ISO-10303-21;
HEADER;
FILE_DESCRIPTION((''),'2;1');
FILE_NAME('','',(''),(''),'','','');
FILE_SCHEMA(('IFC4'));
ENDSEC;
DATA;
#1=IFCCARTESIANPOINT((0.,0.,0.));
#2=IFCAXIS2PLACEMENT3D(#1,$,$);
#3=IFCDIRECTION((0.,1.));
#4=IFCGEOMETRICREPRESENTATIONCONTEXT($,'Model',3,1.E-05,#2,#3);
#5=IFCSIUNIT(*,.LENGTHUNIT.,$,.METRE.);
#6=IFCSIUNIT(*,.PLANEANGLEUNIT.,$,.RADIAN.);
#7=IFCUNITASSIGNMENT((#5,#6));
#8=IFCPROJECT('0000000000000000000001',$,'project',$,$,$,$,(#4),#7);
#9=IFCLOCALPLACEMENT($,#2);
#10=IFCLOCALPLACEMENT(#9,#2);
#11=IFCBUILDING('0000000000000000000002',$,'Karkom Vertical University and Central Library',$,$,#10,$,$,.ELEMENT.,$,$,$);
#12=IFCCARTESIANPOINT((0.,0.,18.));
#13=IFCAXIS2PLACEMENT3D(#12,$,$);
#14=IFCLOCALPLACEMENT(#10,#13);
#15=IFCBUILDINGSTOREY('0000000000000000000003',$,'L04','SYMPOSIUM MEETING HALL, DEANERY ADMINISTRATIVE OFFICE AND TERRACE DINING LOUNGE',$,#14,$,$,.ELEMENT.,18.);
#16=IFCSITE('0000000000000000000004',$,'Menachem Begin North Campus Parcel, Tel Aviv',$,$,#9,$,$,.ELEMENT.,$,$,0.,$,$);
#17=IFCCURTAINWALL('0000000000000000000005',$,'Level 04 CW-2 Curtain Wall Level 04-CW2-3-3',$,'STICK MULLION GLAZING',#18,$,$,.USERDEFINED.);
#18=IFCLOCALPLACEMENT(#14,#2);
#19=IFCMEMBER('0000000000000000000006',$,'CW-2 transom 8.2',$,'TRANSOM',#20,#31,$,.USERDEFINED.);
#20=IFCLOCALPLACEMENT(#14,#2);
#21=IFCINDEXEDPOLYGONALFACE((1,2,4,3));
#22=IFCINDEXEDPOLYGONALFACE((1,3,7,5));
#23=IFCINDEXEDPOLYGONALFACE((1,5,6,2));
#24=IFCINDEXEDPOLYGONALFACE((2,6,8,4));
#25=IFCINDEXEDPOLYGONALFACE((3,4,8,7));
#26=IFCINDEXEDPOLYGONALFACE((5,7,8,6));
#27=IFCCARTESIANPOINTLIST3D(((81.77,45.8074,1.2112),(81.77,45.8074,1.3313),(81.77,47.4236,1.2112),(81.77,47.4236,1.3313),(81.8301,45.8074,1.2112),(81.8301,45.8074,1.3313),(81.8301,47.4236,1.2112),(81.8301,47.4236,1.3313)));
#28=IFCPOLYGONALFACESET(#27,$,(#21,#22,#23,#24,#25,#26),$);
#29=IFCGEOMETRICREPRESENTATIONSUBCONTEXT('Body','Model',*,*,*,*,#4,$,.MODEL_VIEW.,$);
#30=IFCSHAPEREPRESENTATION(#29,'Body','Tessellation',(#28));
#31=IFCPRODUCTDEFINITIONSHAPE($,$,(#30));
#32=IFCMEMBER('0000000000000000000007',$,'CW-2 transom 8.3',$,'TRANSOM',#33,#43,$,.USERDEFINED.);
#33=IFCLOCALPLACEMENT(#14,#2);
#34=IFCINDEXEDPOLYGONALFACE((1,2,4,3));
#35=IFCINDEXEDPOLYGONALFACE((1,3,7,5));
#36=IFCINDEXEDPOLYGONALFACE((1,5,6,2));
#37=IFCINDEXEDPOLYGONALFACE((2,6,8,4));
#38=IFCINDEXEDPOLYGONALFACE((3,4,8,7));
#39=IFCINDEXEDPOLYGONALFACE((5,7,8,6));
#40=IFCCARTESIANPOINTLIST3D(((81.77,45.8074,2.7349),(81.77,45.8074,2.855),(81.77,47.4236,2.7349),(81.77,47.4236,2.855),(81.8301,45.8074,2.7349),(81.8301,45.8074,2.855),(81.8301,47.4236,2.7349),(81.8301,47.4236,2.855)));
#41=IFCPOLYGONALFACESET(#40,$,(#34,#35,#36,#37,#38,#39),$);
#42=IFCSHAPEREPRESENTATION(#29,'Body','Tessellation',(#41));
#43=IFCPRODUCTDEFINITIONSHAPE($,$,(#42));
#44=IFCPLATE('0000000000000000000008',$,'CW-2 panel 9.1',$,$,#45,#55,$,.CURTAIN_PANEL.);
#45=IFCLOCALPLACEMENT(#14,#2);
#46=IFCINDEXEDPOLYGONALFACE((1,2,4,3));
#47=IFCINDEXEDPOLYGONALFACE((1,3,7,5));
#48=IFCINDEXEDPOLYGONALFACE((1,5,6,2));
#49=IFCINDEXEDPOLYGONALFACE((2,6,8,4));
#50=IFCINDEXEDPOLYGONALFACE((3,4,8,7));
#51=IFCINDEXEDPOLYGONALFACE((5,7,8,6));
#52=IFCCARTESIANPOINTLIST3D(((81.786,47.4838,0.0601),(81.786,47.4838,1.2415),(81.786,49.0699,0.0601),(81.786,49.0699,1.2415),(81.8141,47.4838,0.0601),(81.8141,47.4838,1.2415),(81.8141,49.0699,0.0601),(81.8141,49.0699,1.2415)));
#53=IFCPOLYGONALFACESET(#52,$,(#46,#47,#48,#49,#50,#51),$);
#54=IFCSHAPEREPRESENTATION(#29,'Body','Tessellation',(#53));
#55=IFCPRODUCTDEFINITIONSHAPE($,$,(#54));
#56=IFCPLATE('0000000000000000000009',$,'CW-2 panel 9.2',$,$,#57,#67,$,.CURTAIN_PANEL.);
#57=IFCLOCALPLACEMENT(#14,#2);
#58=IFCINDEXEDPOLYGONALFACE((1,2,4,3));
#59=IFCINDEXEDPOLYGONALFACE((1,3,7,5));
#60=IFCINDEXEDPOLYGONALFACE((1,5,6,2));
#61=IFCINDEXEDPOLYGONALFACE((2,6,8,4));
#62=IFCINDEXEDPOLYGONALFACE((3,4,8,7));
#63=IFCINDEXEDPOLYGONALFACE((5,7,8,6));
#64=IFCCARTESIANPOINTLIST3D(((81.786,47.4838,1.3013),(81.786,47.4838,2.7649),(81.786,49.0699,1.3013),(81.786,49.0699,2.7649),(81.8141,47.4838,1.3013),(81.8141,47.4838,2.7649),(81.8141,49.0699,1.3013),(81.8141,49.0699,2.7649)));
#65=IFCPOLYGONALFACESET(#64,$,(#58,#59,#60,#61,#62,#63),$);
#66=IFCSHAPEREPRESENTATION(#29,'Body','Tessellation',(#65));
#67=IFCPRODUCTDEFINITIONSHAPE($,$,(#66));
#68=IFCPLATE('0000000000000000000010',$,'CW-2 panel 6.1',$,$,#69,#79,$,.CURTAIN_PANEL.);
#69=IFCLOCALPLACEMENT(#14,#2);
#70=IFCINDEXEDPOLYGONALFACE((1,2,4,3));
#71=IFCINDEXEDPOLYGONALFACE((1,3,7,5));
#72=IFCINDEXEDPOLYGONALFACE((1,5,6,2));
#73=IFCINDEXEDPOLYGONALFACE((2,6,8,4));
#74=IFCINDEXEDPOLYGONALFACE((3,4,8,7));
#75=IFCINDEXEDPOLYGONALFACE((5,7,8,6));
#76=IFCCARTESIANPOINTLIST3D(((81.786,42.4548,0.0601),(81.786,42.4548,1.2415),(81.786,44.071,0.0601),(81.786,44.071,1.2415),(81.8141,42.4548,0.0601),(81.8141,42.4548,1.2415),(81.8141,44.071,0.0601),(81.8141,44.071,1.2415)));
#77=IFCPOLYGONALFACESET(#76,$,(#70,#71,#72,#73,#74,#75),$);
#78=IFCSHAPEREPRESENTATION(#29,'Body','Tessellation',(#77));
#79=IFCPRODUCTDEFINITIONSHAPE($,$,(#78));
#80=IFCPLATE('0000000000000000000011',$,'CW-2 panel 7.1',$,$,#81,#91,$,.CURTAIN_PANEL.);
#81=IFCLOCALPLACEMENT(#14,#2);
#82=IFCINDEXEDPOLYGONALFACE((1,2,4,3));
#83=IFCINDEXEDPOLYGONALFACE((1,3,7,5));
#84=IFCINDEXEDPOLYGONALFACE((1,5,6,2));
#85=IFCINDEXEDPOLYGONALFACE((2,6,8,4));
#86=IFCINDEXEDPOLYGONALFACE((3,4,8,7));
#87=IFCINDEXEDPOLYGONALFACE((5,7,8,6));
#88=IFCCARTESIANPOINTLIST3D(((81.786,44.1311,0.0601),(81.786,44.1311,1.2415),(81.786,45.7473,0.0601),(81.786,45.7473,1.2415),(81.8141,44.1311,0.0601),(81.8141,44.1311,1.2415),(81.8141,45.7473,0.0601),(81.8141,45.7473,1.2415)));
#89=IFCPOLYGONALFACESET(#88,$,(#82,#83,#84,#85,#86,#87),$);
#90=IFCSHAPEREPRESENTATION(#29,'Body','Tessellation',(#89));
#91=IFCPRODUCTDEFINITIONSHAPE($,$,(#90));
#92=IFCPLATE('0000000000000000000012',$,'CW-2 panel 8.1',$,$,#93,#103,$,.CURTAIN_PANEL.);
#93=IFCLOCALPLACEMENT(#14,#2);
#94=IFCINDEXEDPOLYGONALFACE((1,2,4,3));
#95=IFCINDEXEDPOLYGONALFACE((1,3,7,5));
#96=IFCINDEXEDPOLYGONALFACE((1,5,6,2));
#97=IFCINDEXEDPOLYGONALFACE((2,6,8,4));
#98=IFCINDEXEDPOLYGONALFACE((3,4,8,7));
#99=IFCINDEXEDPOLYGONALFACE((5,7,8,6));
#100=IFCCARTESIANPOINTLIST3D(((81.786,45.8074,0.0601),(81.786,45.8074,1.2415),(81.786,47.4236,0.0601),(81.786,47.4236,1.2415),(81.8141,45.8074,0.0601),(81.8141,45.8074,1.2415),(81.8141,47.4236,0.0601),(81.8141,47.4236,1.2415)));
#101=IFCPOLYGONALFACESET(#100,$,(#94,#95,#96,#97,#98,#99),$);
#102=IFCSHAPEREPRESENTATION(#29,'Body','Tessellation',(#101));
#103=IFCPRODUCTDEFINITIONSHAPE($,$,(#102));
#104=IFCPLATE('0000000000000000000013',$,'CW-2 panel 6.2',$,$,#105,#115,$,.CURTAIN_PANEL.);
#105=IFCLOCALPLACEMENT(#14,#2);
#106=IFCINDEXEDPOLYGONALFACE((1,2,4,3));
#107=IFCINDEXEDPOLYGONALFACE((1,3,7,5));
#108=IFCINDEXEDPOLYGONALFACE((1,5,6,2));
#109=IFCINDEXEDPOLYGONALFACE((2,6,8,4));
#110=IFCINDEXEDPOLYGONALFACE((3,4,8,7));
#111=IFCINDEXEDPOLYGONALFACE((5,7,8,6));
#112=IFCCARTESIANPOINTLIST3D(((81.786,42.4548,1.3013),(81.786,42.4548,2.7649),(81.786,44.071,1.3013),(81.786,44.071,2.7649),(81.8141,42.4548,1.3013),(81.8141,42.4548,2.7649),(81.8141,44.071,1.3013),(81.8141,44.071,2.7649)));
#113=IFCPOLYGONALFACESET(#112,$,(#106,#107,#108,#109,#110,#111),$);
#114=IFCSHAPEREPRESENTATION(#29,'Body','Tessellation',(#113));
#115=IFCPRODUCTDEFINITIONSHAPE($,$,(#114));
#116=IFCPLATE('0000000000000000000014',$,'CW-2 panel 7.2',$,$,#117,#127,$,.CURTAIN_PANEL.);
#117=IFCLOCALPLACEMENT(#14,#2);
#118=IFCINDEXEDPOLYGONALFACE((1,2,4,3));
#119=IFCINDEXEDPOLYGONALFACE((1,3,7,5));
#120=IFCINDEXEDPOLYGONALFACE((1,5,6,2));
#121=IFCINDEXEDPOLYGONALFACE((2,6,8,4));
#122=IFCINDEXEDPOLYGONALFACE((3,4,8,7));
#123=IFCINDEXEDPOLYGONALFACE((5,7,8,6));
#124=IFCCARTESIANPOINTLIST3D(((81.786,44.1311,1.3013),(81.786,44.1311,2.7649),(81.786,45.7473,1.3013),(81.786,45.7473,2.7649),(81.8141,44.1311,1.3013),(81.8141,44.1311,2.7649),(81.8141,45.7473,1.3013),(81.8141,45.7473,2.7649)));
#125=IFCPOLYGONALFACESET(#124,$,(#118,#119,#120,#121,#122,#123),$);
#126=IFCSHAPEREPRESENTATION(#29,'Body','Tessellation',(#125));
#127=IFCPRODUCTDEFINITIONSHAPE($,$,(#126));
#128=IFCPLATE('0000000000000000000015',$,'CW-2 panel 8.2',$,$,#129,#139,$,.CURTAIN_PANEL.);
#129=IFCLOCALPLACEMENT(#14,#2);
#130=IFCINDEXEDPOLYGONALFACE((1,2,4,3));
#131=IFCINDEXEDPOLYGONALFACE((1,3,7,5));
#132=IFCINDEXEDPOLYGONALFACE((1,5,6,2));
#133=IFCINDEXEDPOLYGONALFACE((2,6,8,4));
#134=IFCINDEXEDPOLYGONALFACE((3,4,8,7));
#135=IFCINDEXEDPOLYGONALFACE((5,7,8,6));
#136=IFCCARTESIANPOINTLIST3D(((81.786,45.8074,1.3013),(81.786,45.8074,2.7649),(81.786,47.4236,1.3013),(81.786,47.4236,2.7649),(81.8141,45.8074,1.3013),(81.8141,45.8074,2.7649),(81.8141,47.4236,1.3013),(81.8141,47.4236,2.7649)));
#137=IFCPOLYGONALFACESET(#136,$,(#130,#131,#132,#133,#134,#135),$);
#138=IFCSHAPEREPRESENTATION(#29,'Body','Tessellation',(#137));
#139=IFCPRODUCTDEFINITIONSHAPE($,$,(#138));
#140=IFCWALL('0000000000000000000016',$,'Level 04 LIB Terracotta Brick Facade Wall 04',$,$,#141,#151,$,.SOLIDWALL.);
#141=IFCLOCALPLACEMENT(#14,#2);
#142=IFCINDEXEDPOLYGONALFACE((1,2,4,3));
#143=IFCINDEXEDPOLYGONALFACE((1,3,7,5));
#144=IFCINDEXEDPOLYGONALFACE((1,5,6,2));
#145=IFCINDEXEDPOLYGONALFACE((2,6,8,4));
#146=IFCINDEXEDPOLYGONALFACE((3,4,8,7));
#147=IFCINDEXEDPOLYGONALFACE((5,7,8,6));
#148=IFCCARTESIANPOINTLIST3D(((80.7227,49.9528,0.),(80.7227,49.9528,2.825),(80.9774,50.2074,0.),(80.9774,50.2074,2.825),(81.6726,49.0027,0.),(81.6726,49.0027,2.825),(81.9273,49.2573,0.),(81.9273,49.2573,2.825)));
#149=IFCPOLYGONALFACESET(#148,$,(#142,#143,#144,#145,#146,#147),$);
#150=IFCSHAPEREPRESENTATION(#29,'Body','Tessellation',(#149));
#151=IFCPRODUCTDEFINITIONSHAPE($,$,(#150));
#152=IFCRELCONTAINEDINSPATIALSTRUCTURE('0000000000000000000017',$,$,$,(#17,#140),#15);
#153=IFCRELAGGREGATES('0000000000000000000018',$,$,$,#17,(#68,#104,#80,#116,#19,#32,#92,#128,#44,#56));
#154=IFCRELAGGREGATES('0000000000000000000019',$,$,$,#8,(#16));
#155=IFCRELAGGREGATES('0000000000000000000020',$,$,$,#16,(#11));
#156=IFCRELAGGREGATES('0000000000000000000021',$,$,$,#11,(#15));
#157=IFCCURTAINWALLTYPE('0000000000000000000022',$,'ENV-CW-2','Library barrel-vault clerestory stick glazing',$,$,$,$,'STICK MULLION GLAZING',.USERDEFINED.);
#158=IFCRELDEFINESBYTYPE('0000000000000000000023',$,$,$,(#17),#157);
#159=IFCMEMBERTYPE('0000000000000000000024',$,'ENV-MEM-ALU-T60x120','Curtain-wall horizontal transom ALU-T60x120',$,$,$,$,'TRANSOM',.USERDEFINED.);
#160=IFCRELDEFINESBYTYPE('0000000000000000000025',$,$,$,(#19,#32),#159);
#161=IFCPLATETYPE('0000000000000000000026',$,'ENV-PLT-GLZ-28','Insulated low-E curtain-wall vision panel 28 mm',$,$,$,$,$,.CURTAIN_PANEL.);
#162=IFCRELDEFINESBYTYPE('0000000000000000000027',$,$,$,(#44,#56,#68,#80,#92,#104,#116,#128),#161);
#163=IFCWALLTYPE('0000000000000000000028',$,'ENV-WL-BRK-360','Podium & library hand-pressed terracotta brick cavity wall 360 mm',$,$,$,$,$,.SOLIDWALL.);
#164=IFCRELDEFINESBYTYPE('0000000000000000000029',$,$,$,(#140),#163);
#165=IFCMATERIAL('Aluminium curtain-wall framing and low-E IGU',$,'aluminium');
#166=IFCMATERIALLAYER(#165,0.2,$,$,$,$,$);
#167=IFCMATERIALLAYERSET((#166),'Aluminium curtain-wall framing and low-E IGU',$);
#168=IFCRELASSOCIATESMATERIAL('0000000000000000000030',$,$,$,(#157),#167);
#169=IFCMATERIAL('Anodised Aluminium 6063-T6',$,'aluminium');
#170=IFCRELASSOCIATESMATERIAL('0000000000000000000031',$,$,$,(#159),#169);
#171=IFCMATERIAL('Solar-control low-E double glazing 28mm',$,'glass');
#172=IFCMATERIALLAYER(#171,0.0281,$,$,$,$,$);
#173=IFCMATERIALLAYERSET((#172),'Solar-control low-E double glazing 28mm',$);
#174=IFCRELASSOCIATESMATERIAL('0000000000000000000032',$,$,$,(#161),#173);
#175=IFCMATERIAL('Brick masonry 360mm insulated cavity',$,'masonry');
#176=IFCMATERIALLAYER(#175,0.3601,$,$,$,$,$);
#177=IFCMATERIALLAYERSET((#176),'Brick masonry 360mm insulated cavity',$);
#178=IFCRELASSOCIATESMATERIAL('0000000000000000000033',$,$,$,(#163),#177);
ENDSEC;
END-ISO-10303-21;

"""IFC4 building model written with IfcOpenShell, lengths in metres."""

from ifc_helpers import new_model, si_unit, direction, frame, frame_2d, origin, origin_with_axes, origin_2d, place, context, subcontext, project, spatial, rectangle, extrude, source, transform, mapped, material, layer, layer_set, material_profile, profile_set, type_object, element, aggregate, save


model = new_model("IFC4")

# Units and contexts
model_context = context("Model", 3, precision=1e-05, world=origin(), true_north=direction((0.0, 1.0)))
body_context = subcontext(model_context, "Body", "Model", "MODEL_VIEW")
ifc_project = project(units=[si_unit("LENGTHUNIT", "METRE"), si_unit("PLANEANGLEUNIT", "RADIAN")], contexts=[model_context])

# Site, building, storey
site_placement = place(None, origin())
site = spatial("IfcSite", under=ifc_project, at=site_placement, Name="Menachem Begin North Campus Parcel, Tel Aviv", CompositionType="ELEMENT", RefElevation=0.0)
building_placement = place(site_placement, origin())
building = spatial("IfcBuilding", under=site, at=building_placement, Name="Karkom Vertical University and Central Library", CompositionType="ELEMENT")
storey_placement = place(building_placement, frame((0.0, 0.0, 18.0)))
storey = spatial("IfcBuildingStorey", under=building, at=storey_placement, Name="L04", Description="SYMPOSIUM MEETING HALL, DEANERY ADMINISTRATIVE OFFICE AND TERRACE DINING LOUNGE", CompositionType="ELEMENT", Elevation=18.0)

# Curtain wall, members, plates
ifc_material_1 = material(Name="Aluminium curtain-wall framing and low-E IGU", Category="aluminium")
ifc_layer_1 = layer(ifc_material_1, 0.2)
ifc_layer_set_1 = layer_set([ifc_layer_1], Name="Aluminium curtain-wall framing and low-E IGU")
curtain_wall_type = type_object("IfcCurtainWallType", Name="ENV-CW-2", Description="Library barrel-vault clerestory stick glazing", ElementType="STICK MULLION GLAZING", PredefinedType="USERDEFINED", material=ifc_layer_set_1)
curtain_wall_placement = place(storey_placement, origin())
curtain_wall = element("IfcCurtainWall", 1, at=curtain_wall_placement, inside=storey, type_object=curtain_wall_type, Name="Level 04 CW-2 Curtain Wall Level 04-CW2-3-3", ObjectType="STICK MULLION GLAZING", PredefinedType="USERDEFINED")
ifc_material_2 = material(Name="Anodised Aluminium 6063-T6", Category="aluminium")
ifc_material_profile_1 = material_profile(ifc_material_2, rectangle(XDim=0.0601, YDim=0.1201, at=origin_2d()), Name="ALU-T60x120")
ifc_profile_set_1 = profile_set([ifc_material_profile_1], Name="Anodised Aluminium 6063-T6")
member_type_1 = type_object("IfcMemberType", Name="ENV-MEM-ALU-T60x120", Description="Curtain-wall horizontal transom ALU-T60x120", ElementType="TRANSOM", PredefinedType="USERDEFINED", material=ifc_profile_set_1)
shared_shape_1 = source(origin_with_axes(), body_context, "Body", "SweptSolid", [
    extrude(rectangle(XDim=0.0601, YDim=0.1201, at=origin_2d()), origin(), (0.0, 0.0, 1.0), 1.6162),
])
member_1_placement = place(storey_placement, frame((81.8, 45.8074, 1.2712), z_axis=(0.0, 1.0, 0.0), x_axis=(-1.0, 0.0, 0.0)))
member_1 = element("IfcMember", 2, at=member_1_placement, type_object=member_type_1, Name="CW-2 transom 8.2", ObjectType="TRANSOM", PredefinedType="USERDEFINED", context=body_context, shape_type="MappedRepresentation", body=[
    mapped(shared_shape_1, transform((0.0, 0.0, 0.0), scale=1.0)),
])
member_2_placement = place(storey_placement, frame((81.8, 45.8074, 2.7949), z_axis=(0.0, 1.0, 0.0), x_axis=(-1.0, 0.0, 0.0)))
member_2 = element("IfcMember", 3, at=member_2_placement, type_object=member_type_1, Name="CW-2 transom 8.3", ObjectType="TRANSOM", PredefinedType="USERDEFINED", context=body_context, shape_type="MappedRepresentation", body=[
    mapped(shared_shape_1, transform((0.0, 0.0, 0.0), scale=1.0)),
])
ifc_material_3 = material(Name="Solar-control low-E double glazing 28mm", Category="glass")
ifc_layer_2 = layer(ifc_material_3, 0.0281)
ifc_layer_set_2 = layer_set([ifc_layer_2], Name="Solar-control low-E double glazing 28mm")
plate_type = type_object("IfcPlateType", Name="ENV-PLT-GLZ-28", Description="Insulated low-E curtain-wall vision panel 28 mm", PredefinedType="CURTAIN_PANEL", material=ifc_layer_set_2)
shared_shape_2 = source(origin_with_axes(), body_context, "Body", "SweptSolid", [
    extrude(rectangle(XDim=1.5862, YDim=0.0281, at=origin_2d()), origin(), (0.0, 0.0, 1.0), 1.1814),
])
plate_1_placement = place(storey_placement, frame((81.8, 48.2769, 0.0601), z_axis=(0.0, 0.0, 1.0), x_axis=(0.0, 1.0, 0.0)))
plate_1 = element("IfcPlate", 4, at=plate_1_placement, type_object=plate_type, Name="CW-2 panel 9.1", PredefinedType="CURTAIN_PANEL", context=body_context, shape_type="MappedRepresentation", body=[
    mapped(shared_shape_2, transform((0.0, 0.0, 0.0), scale=1.0)),
])
shared_shape_3 = source(origin_with_axes(), body_context, "Body", "SweptSolid", [
    extrude(rectangle(XDim=1.5862, YDim=0.0281, at=origin_2d()), origin(), (0.0, 0.0, 1.0), 1.4636),
])
plate_2_placement = place(storey_placement, frame((81.8, 48.2769, 1.3013), z_axis=(0.0, 0.0, 1.0), x_axis=(0.0, 1.0, 0.0)))
plate_2 = element("IfcPlate", 5, at=plate_2_placement, type_object=plate_type, Name="CW-2 panel 9.2", PredefinedType="CURTAIN_PANEL", context=body_context, shape_type="MappedRepresentation", body=[
    mapped(shared_shape_3, transform((0.0, 0.0, 0.0), scale=1.0)),
])
shared_shape_4 = source(origin_with_axes(), body_context, "Body", "SweptSolid", [
    extrude(rectangle(XDim=1.6162, YDim=0.0281, at=origin_2d()), origin(), (0.0, 0.0, 1.0), 1.1814),
])
plate_3_placement = place(storey_placement, frame((81.8, 43.2629, 0.0601), z_axis=(0.0, 0.0, 1.0), x_axis=(0.0, 1.0, 0.0)))
plate_3 = element("IfcPlate", 6, at=plate_3_placement, type_object=plate_type, Name="CW-2 panel 6.1", PredefinedType="CURTAIN_PANEL", context=body_context, shape_type="MappedRepresentation", body=[
    mapped(shared_shape_4, transform((0.0, 0.0, 0.0), scale=1.0)),
])
plate_4_placement = place(storey_placement, frame((81.8, 44.9392, 0.0601), z_axis=(0.0, 0.0, 1.0), x_axis=(0.0, 1.0, 0.0)))
plate_4 = element("IfcPlate", 7, at=plate_4_placement, type_object=plate_type, Name="CW-2 panel 7.1", PredefinedType="CURTAIN_PANEL", context=body_context, shape_type="MappedRepresentation", body=[
    mapped(shared_shape_4, transform((0.0, 0.0, 0.0), scale=1.0)),
])
plate_5_placement = place(storey_placement, frame((81.8, 46.6155, 0.0601), z_axis=(0.0, 0.0, 1.0), x_axis=(0.0, 1.0, 0.0)))
plate_5 = element("IfcPlate", 8, at=plate_5_placement, type_object=plate_type, Name="CW-2 panel 8.1", PredefinedType="CURTAIN_PANEL", context=body_context, shape_type="MappedRepresentation", body=[
    mapped(shared_shape_4, transform((0.0, 0.0, 0.0), scale=1.0)),
])
shared_shape_5 = source(origin_with_axes(), body_context, "Body", "SweptSolid", [
    extrude(rectangle(XDim=1.6162, YDim=0.0281, at=origin_2d()), origin(), (0.0, 0.0, 1.0), 1.4636),
])
plate_6_placement = place(storey_placement, frame((81.8, 43.2629, 1.3013), z_axis=(0.0, 0.0, 1.0), x_axis=(0.0, 1.0, 0.0)))
plate_6 = element("IfcPlate", 9, at=plate_6_placement, type_object=plate_type, Name="CW-2 panel 6.2", PredefinedType="CURTAIN_PANEL", context=body_context, shape_type="MappedRepresentation", body=[
    mapped(shared_shape_5, transform((0.0, 0.0, 0.0), scale=1.0)),
])
plate_7_placement = place(storey_placement, frame((81.8, 44.9392, 1.3013), z_axis=(0.0, 0.0, 1.0), x_axis=(0.0, 1.0, 0.0)))
plate_7 = element("IfcPlate", 10, at=plate_7_placement, type_object=plate_type, Name="CW-2 panel 7.2", PredefinedType="CURTAIN_PANEL", context=body_context, shape_type="MappedRepresentation", body=[
    mapped(shared_shape_5, transform((0.0, 0.0, 0.0), scale=1.0)),
])
plate_8_placement = place(storey_placement, frame((81.8, 46.6155, 1.3013), z_axis=(0.0, 0.0, 1.0), x_axis=(0.0, 1.0, 0.0)))
plate_8 = element("IfcPlate", 11, at=plate_8_placement, type_object=plate_type, Name="CW-2 panel 8.2", PredefinedType="CURTAIN_PANEL", context=body_context, shape_type="MappedRepresentation", body=[
    mapped(shared_shape_5, transform((0.0, 0.0, 0.0), scale=1.0)),
])
aggregate(curtain_wall, [plate_3, plate_6, plate_4, plate_7, member_1, member_2, plate_5, plate_8, plate_1, plate_2])

# Wall
ifc_material_4 = material(Name="Brick masonry 360mm insulated cavity", Category="masonry")
ifc_layer_3 = layer(ifc_material_4, 0.3601)
ifc_layer_set_3 = layer_set([ifc_layer_3], Name="Brick masonry 360mm insulated cavity")
wall_type = type_object("IfcWallType", Name="ENV-WL-BRK-360", Description="Podium & library hand-pressed terracotta brick cavity wall 360 mm", PredefinedType="SOLIDWALL", material=ifc_layer_set_3)
wall_placement = place(storey_placement, frame((81.8, 49.1299, 0.0), z_axis=(0.0, 0.0, 1.0), x_axis=(-0.707016, 0.707198, 0.0)))
element("IfcWall", 12, at=wall_placement, inside=storey, type_object=wall_type, Name="Level 04 LIB Terracotta Brick Facade Wall 04", PredefinedType="SOLIDWALL", context=body_context, shape_type="SweptSolid", body=[
    extrude(rectangle(XDim=1.3435, YDim=0.3601, at=frame_2d((0.6719, 0.0))), origin(), (0.0, 0.0, 1.0), 2.825),
])

save(model, "model.ifc")
